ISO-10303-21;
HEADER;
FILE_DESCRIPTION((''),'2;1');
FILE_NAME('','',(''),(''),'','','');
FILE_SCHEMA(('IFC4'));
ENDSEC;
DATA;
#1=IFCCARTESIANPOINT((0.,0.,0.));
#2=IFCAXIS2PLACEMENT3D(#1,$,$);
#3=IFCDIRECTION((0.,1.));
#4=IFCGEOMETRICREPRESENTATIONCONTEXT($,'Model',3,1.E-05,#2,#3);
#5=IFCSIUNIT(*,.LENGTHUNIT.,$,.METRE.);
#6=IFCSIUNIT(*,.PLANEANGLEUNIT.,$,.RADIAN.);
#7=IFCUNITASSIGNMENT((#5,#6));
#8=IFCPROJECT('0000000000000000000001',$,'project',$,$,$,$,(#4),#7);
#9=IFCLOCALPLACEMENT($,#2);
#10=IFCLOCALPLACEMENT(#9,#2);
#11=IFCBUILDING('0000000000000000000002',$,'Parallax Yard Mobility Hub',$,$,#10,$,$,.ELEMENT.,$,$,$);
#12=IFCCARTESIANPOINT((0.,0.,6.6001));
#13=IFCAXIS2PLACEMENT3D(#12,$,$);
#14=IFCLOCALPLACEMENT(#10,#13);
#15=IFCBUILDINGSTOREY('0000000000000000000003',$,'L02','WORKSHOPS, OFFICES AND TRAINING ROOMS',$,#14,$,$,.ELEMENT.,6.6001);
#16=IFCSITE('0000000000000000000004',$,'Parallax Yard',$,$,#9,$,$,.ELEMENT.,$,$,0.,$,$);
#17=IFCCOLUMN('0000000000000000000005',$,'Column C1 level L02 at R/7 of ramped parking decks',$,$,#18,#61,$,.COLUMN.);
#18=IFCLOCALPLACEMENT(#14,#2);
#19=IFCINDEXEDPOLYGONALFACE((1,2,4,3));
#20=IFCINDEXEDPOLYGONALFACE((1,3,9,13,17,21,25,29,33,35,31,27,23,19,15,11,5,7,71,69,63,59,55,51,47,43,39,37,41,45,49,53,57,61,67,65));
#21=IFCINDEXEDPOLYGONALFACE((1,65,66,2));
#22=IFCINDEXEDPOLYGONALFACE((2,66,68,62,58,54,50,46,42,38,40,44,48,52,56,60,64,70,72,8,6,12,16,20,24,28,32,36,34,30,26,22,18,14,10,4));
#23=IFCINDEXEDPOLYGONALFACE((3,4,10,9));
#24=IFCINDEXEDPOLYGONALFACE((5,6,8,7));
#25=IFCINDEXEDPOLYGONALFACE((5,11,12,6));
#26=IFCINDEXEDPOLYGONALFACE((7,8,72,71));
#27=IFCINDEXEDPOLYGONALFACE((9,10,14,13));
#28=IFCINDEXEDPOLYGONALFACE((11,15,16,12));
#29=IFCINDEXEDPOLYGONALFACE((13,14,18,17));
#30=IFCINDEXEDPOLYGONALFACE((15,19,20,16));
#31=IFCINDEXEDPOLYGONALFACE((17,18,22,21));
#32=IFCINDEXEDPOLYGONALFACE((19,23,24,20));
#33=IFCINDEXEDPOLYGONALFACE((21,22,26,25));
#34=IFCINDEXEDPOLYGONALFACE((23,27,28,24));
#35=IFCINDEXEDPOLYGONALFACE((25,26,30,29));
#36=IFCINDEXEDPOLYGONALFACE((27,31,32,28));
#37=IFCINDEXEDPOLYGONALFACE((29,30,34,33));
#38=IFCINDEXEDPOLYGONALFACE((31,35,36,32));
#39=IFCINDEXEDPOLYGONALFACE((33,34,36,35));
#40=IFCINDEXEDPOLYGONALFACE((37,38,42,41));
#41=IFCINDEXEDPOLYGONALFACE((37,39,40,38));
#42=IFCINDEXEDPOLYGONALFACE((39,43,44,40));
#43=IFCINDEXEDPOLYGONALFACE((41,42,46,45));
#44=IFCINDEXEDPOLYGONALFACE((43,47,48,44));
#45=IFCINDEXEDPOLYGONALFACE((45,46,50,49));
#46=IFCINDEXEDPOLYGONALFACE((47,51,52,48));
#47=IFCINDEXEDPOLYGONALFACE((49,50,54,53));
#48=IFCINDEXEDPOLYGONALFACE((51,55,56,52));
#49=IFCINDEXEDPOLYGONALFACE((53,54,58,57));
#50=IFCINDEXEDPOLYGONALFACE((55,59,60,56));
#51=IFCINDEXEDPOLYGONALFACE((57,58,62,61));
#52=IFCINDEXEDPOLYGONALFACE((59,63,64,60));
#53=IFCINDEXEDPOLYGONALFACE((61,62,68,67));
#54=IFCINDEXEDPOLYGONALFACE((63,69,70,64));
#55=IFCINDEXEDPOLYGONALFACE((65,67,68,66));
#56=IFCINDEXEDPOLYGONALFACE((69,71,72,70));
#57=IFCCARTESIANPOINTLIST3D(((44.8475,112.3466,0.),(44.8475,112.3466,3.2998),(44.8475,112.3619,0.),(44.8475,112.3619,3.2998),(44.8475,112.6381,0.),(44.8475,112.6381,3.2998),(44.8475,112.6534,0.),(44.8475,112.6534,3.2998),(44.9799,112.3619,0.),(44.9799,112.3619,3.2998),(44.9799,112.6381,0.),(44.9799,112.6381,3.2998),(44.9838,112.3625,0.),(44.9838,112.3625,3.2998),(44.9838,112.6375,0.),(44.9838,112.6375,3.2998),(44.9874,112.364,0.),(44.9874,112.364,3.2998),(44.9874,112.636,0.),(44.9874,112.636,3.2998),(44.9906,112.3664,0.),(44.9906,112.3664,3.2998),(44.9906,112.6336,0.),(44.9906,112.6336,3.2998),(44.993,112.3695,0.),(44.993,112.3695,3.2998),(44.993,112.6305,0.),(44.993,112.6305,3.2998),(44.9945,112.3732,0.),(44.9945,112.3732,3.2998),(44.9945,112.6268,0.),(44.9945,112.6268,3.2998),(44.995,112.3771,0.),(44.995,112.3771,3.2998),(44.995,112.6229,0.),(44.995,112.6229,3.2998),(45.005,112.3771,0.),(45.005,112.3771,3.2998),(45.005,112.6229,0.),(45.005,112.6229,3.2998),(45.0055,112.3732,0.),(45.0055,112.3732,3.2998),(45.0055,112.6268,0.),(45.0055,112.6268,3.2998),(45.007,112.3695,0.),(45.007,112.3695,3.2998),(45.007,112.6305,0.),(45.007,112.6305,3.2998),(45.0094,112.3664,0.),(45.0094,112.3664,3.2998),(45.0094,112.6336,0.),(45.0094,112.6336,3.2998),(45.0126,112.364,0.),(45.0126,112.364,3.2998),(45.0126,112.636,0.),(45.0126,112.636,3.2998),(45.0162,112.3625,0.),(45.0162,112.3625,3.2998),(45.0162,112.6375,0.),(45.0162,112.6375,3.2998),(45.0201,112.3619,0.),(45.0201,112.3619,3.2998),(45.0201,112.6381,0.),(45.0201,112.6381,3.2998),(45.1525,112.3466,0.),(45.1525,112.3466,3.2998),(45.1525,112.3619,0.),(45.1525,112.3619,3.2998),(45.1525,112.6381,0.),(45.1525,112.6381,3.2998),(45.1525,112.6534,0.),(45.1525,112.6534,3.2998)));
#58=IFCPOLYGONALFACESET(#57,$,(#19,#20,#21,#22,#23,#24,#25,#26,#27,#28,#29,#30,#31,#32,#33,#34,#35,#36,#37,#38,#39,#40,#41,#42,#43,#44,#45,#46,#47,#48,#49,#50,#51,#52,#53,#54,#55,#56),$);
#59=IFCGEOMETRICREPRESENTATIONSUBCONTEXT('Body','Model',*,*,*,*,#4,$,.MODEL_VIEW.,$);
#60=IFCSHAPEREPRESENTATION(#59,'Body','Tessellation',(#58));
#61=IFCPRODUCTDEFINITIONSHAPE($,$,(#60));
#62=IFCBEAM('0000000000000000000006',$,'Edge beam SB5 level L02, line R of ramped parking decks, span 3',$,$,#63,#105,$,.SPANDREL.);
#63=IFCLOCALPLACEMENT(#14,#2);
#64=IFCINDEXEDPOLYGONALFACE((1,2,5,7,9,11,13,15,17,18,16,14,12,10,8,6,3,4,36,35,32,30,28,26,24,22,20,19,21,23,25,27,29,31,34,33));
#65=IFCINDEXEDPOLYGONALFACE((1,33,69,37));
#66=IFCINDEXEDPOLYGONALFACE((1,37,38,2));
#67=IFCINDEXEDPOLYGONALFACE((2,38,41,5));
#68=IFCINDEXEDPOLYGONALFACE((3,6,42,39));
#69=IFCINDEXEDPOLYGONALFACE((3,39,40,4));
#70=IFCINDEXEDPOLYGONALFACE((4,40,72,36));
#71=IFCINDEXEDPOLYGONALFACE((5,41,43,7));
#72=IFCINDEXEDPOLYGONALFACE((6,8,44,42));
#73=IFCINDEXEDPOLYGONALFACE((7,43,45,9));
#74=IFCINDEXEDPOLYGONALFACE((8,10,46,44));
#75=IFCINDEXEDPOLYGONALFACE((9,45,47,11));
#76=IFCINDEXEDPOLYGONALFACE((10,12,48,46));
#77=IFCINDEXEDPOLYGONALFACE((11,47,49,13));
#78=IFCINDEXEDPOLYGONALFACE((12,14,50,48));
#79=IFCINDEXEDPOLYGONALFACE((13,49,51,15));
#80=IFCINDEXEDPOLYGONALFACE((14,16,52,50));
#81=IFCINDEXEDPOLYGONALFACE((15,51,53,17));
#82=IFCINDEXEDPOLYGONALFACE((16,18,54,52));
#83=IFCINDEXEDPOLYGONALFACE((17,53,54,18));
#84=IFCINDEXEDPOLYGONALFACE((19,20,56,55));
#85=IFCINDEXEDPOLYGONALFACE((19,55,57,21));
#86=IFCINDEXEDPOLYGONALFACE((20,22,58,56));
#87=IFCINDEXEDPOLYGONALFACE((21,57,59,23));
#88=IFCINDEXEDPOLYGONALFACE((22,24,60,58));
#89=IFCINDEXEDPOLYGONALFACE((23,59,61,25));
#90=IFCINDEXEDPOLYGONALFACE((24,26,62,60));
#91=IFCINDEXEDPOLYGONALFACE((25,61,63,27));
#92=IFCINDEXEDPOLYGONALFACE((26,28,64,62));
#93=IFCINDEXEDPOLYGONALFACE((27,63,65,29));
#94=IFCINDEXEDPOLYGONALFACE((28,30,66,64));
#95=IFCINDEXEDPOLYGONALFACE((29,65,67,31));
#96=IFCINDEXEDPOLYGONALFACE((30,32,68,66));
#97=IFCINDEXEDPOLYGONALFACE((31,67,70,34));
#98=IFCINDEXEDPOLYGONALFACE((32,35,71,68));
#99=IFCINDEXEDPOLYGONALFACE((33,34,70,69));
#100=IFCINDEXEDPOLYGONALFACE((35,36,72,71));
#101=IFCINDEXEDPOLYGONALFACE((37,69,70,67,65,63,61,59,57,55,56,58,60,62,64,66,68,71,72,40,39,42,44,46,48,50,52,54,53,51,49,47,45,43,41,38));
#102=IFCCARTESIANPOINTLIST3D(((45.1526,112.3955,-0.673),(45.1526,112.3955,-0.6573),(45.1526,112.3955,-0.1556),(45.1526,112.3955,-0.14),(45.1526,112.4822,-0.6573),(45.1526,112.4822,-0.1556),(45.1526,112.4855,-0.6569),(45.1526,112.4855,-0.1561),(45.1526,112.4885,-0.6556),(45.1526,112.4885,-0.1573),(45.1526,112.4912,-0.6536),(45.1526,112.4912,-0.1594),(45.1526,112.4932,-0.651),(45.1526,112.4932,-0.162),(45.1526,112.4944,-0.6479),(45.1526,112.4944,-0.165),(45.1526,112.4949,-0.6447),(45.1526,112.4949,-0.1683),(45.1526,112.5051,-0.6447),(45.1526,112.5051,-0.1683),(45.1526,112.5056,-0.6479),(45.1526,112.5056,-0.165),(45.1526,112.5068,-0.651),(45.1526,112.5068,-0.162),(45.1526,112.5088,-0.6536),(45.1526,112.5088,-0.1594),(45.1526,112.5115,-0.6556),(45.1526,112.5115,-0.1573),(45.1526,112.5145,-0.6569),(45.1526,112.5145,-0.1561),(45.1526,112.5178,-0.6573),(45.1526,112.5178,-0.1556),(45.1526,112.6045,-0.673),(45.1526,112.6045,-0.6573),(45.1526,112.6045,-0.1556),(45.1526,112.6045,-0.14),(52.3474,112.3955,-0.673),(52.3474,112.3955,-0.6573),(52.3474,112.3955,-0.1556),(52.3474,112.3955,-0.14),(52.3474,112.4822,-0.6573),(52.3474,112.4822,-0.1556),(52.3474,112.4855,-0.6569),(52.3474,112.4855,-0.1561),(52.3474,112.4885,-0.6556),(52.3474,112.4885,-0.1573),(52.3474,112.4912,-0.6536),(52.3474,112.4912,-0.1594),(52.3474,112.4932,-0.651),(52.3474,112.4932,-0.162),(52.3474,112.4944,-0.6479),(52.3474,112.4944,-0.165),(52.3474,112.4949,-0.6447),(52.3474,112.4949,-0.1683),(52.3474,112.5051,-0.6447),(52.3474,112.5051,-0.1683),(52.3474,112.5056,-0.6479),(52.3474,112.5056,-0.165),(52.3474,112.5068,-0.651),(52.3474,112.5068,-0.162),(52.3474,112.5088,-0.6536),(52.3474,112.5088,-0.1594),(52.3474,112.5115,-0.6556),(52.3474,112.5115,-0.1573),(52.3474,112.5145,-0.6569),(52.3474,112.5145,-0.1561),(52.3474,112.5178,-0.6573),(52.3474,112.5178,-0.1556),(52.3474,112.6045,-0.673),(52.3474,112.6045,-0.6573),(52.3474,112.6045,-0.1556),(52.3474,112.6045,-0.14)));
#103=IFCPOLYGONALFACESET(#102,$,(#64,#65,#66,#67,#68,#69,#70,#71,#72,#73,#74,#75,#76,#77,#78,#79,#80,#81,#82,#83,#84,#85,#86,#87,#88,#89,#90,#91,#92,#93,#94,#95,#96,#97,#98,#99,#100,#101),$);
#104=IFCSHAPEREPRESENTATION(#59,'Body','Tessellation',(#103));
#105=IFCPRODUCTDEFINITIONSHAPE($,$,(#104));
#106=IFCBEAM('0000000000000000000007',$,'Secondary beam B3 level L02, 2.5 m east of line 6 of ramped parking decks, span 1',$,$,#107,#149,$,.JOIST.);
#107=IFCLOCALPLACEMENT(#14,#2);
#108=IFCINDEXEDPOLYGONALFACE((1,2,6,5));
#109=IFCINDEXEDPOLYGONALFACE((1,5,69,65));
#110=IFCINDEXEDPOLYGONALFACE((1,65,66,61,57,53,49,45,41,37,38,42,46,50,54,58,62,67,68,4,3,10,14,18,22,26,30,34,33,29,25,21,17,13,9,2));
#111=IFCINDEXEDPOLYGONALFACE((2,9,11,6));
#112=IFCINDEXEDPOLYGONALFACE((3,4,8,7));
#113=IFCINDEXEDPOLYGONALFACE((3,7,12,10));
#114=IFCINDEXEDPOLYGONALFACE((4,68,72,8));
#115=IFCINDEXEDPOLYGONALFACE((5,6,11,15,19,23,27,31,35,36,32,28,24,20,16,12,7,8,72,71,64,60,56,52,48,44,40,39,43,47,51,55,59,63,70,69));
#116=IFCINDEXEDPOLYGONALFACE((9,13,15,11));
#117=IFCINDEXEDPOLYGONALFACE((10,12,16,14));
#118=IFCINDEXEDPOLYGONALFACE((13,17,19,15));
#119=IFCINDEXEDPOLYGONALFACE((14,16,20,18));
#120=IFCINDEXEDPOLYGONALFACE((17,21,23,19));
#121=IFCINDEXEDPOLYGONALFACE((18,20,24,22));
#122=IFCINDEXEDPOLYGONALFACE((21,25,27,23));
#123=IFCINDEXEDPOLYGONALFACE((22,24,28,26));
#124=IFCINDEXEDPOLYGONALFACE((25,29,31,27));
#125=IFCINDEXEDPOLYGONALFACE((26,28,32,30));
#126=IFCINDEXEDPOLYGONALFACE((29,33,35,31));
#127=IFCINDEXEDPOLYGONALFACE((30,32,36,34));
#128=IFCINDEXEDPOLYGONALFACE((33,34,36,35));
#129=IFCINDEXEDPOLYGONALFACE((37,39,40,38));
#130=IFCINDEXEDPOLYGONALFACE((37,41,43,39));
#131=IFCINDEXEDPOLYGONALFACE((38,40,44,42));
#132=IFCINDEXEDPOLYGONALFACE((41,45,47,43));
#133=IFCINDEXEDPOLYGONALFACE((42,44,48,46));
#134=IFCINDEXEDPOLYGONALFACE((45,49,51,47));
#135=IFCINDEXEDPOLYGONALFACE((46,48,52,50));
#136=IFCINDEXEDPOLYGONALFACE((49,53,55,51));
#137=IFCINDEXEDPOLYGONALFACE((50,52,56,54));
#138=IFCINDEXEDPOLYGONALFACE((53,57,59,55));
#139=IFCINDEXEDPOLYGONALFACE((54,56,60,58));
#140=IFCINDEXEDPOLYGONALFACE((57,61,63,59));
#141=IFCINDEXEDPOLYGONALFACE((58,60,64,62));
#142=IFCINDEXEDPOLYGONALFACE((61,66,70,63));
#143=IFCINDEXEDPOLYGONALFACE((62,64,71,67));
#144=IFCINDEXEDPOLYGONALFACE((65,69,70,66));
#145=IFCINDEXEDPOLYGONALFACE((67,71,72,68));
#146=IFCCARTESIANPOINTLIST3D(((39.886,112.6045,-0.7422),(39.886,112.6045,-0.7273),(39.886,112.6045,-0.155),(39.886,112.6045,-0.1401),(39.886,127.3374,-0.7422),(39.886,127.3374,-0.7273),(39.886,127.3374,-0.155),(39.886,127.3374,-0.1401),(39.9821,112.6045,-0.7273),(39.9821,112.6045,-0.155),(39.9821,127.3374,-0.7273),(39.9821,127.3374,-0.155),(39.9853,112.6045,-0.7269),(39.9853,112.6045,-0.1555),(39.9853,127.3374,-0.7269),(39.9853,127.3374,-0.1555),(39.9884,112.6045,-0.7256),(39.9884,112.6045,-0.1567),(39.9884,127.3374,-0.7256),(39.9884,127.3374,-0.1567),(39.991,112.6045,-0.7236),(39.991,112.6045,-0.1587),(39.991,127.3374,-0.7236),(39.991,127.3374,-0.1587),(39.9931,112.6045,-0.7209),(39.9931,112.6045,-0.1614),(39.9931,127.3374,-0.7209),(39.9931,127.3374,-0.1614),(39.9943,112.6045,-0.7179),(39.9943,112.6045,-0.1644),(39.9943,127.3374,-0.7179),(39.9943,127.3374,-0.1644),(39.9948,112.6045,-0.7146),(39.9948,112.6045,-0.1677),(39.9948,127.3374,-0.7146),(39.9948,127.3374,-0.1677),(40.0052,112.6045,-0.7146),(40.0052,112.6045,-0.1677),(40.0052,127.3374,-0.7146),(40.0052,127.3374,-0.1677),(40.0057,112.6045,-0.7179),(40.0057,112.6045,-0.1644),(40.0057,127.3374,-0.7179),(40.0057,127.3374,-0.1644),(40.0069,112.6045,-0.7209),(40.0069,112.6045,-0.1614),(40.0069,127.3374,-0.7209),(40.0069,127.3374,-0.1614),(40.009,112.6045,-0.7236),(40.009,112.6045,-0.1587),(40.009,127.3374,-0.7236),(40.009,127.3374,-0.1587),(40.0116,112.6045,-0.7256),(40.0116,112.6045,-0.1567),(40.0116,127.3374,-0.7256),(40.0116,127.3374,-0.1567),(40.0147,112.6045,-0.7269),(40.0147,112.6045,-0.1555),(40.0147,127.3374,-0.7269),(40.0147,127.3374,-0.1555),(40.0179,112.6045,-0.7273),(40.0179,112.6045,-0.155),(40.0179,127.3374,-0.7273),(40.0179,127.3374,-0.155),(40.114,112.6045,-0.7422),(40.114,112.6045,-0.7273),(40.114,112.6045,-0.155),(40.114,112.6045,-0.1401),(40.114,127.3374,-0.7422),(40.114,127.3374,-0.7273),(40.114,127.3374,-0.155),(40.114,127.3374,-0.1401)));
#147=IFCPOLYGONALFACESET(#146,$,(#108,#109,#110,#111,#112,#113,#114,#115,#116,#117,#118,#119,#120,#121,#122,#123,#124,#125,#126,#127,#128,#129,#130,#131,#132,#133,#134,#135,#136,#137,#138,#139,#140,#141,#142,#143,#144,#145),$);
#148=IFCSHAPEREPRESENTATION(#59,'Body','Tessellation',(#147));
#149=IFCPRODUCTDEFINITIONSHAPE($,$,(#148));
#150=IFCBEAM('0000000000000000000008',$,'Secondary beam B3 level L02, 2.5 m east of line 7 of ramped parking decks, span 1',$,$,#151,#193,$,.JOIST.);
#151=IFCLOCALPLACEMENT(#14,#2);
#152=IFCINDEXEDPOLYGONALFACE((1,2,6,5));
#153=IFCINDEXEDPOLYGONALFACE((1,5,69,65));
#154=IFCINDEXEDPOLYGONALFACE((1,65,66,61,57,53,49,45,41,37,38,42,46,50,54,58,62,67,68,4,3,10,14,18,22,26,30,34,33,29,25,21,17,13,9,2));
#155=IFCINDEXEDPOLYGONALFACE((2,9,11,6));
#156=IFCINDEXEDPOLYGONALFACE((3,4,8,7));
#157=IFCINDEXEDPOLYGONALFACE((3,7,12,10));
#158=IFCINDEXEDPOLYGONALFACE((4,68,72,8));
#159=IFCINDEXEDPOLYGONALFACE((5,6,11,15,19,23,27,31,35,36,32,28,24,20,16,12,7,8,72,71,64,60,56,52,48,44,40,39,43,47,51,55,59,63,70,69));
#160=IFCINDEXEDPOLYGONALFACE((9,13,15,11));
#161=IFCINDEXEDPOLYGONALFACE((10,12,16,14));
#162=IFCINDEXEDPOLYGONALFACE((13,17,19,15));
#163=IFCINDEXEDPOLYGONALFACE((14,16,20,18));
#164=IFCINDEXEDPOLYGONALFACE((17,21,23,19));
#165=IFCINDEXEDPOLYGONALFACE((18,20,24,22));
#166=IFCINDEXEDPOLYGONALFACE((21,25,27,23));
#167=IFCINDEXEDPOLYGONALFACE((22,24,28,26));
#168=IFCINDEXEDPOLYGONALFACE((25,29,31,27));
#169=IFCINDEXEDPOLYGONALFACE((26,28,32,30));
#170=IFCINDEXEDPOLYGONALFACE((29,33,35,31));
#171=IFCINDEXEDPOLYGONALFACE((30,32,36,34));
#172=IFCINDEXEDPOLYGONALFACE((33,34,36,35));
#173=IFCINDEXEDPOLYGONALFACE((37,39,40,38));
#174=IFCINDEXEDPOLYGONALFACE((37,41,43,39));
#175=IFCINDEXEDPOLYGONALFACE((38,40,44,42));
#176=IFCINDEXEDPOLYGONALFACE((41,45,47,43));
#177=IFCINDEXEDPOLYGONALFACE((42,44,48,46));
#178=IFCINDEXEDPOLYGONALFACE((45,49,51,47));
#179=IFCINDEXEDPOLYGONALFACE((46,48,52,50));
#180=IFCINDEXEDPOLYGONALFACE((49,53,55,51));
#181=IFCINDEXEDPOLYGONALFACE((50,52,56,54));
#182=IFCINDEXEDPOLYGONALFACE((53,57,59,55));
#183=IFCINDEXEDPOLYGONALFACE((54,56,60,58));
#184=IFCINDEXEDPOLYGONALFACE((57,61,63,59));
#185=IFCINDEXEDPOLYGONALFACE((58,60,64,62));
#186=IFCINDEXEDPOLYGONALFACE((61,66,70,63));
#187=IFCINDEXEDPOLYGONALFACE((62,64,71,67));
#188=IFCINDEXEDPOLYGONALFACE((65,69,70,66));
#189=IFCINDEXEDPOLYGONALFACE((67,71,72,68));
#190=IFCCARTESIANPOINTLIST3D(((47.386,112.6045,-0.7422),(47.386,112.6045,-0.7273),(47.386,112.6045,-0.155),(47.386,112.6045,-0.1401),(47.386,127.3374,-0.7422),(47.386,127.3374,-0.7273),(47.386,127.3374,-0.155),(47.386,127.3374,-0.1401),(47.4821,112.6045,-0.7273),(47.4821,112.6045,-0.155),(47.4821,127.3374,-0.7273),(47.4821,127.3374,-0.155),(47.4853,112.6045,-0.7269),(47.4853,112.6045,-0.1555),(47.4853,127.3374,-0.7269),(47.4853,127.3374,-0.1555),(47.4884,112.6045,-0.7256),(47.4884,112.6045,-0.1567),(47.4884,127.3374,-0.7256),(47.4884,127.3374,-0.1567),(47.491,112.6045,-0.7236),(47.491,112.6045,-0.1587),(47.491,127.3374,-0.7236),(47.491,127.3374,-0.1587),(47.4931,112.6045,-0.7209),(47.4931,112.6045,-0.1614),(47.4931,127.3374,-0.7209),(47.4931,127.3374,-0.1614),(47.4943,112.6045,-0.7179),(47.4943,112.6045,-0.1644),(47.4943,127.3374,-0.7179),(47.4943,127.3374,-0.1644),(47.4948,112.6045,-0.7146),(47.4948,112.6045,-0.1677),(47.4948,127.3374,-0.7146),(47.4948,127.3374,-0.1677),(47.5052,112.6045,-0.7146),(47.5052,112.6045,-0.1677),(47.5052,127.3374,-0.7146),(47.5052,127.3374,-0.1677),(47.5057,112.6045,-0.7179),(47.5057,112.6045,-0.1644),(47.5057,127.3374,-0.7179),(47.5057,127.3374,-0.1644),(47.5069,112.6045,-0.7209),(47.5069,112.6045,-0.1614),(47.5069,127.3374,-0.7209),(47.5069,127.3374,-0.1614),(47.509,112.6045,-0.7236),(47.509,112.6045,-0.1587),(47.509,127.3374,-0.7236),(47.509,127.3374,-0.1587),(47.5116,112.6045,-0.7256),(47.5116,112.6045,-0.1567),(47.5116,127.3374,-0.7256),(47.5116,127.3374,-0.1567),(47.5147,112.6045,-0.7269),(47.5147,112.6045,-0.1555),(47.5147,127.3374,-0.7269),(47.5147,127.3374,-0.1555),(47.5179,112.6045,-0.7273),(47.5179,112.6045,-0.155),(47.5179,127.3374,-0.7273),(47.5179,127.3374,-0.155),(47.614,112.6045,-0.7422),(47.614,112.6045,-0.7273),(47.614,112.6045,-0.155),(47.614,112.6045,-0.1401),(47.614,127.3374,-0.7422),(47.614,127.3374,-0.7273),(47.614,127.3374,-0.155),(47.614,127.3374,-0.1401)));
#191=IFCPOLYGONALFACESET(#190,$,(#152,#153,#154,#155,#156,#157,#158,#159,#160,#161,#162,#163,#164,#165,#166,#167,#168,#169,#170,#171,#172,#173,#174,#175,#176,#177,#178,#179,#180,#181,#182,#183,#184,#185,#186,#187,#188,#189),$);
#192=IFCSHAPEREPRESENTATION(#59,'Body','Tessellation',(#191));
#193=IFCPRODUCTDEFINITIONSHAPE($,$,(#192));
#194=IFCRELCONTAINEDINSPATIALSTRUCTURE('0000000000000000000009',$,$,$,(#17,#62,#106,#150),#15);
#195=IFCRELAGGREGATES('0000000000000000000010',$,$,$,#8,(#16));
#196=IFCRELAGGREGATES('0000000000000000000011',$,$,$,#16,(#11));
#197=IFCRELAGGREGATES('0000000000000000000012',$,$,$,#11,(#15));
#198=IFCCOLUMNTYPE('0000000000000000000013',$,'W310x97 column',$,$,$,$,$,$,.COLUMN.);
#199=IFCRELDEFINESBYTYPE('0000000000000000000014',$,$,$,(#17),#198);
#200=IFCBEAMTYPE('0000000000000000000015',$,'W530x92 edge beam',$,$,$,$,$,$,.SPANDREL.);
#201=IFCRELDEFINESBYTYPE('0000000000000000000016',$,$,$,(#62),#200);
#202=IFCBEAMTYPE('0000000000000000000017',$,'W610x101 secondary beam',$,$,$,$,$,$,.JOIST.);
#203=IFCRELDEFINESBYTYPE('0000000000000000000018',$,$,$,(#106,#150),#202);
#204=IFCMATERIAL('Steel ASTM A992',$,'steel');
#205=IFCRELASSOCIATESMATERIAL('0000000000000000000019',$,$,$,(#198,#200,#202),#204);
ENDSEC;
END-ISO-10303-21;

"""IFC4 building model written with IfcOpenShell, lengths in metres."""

from ifc_helpers import new_model, si_unit, direction, frame, origin, origin_2d, place, context, subcontext, project, spatial, i_section, extrude, material, material_profile, profile_set, type_object, element, save


model = new_model("IFC4")

# Units and contexts
model_context = context("Model", 3, precision=1e-05, world=origin(), true_north=direction((0.0, 1.0)))
body_context = subcontext(model_context, "Body", "Model", "MODEL_VIEW")
ifc_project = project(units=[si_unit("LENGTHUNIT", "METRE"), si_unit("PLANEANGLEUNIT", "RADIAN")], contexts=[model_context])

# Site, building, storey
site_placement = place(None, origin())
site = spatial("IfcSite", under=ifc_project, at=site_placement, Name="Parallax Yard", CompositionType="ELEMENT", RefElevation=0.0)
building_placement = place(site_placement, origin())
building = spatial("IfcBuilding", under=site, at=building_placement, Name="Parallax Yard Mobility Hub", CompositionType="ELEMENT")
storey_placement = place(building_placement, frame((0.0, 0.0, 6.6001)))
storey = spatial("IfcBuildingStorey", under=building, at=storey_placement, Name="L02", Description="WORKSHOPS, OFFICES AND TRAINING ROOMS", CompositionType="ELEMENT", Elevation=6.6001)

# Column
ifc_material_1 = material(Name="Steel ASTM A992", Category="steel")
ifc_material_profile_1 = material_profile(ifc_material_1, i_section(OverallWidth=0.3049, OverallDepth=0.3069, WebThickness=0.01, FlangeThickness=0.0154, FilletRadius=0.0151, at=origin_2d()), Name="W310x97")
ifc_profile_set_1 = profile_set([ifc_material_profile_1], Name="Steel ASTM A992")
column_type = type_object("IfcColumnType", Name="W310x97 column", PredefinedType="COLUMN", material=ifc_profile_set_1)
column_placement = place(storey_placement, frame((45.0, 112.5, 0.0), z_axis=(0.0, 0.0, 1.0), x_axis=(1.0, 0.0, 0.0)))
element("IfcColumn", 1, at=column_placement, inside=storey, type_object=column_type, Name="Column C1 level L02 at R/7 of ramped parking decks", PredefinedType="COLUMN", context=body_context, shape_type="SweptSolid", body=[
    extrude(i_section(OverallWidth=0.3049, OverallDepth=0.3069, WebThickness=0.01, FlangeThickness=0.0154, FilletRadius=0.0151, at=origin_2d()), origin(), (0.0, 0.0, 1.0), 3.2998),
])

# Beams
ifc_material_profile_2 = material_profile(ifc_material_1, i_section(OverallWidth=0.209, OverallDepth=0.533, WebThickness=0.0103, FlangeThickness=0.0156, FilletRadius=0.0127, at=origin_2d()), Name="W530x92")
ifc_profile_set_2 = profile_set([ifc_material_profile_2], Name="Steel ASTM A992")
beam_type_1 = type_object("IfcBeamType", Name="W530x92 edge beam", PredefinedType="SPANDREL", material=ifc_profile_set_2)
beam_1_placement = place(storey_placement, frame((45.1526, 112.5, -0.4065), z_axis=(1.0, 0.0, 0.0), x_axis=(0.0, 1.0, 0.0)))
element("IfcBeam", 2, at=beam_1_placement, inside=storey, type_object=beam_type_1, Name="Edge beam SB5 level L02, line R of ramped parking decks, span 3", PredefinedType="SPANDREL", context=body_context, shape_type="SweptSolid", body=[
    extrude(i_section(OverallWidth=0.209, OverallDepth=0.533, WebThickness=0.0103, FlangeThickness=0.0156, FilletRadius=0.0127, at=origin_2d()), origin(), (0.0, 0.0, 1.0), 7.1948),
])
ifc_material_profile_3 = material_profile(ifc_material_1, i_section(OverallWidth=0.228, OverallDepth=0.6021, WebThickness=0.0105, FlangeThickness=0.0149, FilletRadius=0.0127, at=origin_2d()), Name="W610x101")
ifc_profile_set_3 = profile_set([ifc_material_profile_3], Name="Steel ASTM A992")
beam_type_2 = type_object("IfcBeamType", Name="W610x101 secondary beam", PredefinedType="JOIST", material=ifc_profile_set_3)
for number, where, z_axis, x_axis, name in (
    (3, (40.0, 112.6045, -0.4412), (0.0, 1.0, 0.0), (-1.0, 0.0, 0.0), "Secondary beam B3 level L02, 2.5 m east of line 6 of ramped parking decks, span 1"),
    (4, (47.5, 112.6045, -0.4412), (0.0, 1.0, 0.0), (-1.0, 0.0, 0.0), "Secondary beam B3 level L02, 2.5 m east of line 7 of ramped parking decks, span 1"),
):
    element("IfcBeam", number, at=place(storey_placement, frame(where, z_axis=z_axis, x_axis=x_axis)), inside=storey, type_object=beam_type_2, Name=name, PredefinedType="JOIST", context=body_context, shape_type="SweptSolid", body=[
        extrude(i_section(OverallWidth=0.228, OverallDepth=0.6021, WebThickness=0.0105, FlangeThickness=0.0149, FilletRadius=0.0127, at=origin_2d()), origin(), (0.0, 0.0, 1.0), 14.7329),
    ])

save(model, "model.ifc")
